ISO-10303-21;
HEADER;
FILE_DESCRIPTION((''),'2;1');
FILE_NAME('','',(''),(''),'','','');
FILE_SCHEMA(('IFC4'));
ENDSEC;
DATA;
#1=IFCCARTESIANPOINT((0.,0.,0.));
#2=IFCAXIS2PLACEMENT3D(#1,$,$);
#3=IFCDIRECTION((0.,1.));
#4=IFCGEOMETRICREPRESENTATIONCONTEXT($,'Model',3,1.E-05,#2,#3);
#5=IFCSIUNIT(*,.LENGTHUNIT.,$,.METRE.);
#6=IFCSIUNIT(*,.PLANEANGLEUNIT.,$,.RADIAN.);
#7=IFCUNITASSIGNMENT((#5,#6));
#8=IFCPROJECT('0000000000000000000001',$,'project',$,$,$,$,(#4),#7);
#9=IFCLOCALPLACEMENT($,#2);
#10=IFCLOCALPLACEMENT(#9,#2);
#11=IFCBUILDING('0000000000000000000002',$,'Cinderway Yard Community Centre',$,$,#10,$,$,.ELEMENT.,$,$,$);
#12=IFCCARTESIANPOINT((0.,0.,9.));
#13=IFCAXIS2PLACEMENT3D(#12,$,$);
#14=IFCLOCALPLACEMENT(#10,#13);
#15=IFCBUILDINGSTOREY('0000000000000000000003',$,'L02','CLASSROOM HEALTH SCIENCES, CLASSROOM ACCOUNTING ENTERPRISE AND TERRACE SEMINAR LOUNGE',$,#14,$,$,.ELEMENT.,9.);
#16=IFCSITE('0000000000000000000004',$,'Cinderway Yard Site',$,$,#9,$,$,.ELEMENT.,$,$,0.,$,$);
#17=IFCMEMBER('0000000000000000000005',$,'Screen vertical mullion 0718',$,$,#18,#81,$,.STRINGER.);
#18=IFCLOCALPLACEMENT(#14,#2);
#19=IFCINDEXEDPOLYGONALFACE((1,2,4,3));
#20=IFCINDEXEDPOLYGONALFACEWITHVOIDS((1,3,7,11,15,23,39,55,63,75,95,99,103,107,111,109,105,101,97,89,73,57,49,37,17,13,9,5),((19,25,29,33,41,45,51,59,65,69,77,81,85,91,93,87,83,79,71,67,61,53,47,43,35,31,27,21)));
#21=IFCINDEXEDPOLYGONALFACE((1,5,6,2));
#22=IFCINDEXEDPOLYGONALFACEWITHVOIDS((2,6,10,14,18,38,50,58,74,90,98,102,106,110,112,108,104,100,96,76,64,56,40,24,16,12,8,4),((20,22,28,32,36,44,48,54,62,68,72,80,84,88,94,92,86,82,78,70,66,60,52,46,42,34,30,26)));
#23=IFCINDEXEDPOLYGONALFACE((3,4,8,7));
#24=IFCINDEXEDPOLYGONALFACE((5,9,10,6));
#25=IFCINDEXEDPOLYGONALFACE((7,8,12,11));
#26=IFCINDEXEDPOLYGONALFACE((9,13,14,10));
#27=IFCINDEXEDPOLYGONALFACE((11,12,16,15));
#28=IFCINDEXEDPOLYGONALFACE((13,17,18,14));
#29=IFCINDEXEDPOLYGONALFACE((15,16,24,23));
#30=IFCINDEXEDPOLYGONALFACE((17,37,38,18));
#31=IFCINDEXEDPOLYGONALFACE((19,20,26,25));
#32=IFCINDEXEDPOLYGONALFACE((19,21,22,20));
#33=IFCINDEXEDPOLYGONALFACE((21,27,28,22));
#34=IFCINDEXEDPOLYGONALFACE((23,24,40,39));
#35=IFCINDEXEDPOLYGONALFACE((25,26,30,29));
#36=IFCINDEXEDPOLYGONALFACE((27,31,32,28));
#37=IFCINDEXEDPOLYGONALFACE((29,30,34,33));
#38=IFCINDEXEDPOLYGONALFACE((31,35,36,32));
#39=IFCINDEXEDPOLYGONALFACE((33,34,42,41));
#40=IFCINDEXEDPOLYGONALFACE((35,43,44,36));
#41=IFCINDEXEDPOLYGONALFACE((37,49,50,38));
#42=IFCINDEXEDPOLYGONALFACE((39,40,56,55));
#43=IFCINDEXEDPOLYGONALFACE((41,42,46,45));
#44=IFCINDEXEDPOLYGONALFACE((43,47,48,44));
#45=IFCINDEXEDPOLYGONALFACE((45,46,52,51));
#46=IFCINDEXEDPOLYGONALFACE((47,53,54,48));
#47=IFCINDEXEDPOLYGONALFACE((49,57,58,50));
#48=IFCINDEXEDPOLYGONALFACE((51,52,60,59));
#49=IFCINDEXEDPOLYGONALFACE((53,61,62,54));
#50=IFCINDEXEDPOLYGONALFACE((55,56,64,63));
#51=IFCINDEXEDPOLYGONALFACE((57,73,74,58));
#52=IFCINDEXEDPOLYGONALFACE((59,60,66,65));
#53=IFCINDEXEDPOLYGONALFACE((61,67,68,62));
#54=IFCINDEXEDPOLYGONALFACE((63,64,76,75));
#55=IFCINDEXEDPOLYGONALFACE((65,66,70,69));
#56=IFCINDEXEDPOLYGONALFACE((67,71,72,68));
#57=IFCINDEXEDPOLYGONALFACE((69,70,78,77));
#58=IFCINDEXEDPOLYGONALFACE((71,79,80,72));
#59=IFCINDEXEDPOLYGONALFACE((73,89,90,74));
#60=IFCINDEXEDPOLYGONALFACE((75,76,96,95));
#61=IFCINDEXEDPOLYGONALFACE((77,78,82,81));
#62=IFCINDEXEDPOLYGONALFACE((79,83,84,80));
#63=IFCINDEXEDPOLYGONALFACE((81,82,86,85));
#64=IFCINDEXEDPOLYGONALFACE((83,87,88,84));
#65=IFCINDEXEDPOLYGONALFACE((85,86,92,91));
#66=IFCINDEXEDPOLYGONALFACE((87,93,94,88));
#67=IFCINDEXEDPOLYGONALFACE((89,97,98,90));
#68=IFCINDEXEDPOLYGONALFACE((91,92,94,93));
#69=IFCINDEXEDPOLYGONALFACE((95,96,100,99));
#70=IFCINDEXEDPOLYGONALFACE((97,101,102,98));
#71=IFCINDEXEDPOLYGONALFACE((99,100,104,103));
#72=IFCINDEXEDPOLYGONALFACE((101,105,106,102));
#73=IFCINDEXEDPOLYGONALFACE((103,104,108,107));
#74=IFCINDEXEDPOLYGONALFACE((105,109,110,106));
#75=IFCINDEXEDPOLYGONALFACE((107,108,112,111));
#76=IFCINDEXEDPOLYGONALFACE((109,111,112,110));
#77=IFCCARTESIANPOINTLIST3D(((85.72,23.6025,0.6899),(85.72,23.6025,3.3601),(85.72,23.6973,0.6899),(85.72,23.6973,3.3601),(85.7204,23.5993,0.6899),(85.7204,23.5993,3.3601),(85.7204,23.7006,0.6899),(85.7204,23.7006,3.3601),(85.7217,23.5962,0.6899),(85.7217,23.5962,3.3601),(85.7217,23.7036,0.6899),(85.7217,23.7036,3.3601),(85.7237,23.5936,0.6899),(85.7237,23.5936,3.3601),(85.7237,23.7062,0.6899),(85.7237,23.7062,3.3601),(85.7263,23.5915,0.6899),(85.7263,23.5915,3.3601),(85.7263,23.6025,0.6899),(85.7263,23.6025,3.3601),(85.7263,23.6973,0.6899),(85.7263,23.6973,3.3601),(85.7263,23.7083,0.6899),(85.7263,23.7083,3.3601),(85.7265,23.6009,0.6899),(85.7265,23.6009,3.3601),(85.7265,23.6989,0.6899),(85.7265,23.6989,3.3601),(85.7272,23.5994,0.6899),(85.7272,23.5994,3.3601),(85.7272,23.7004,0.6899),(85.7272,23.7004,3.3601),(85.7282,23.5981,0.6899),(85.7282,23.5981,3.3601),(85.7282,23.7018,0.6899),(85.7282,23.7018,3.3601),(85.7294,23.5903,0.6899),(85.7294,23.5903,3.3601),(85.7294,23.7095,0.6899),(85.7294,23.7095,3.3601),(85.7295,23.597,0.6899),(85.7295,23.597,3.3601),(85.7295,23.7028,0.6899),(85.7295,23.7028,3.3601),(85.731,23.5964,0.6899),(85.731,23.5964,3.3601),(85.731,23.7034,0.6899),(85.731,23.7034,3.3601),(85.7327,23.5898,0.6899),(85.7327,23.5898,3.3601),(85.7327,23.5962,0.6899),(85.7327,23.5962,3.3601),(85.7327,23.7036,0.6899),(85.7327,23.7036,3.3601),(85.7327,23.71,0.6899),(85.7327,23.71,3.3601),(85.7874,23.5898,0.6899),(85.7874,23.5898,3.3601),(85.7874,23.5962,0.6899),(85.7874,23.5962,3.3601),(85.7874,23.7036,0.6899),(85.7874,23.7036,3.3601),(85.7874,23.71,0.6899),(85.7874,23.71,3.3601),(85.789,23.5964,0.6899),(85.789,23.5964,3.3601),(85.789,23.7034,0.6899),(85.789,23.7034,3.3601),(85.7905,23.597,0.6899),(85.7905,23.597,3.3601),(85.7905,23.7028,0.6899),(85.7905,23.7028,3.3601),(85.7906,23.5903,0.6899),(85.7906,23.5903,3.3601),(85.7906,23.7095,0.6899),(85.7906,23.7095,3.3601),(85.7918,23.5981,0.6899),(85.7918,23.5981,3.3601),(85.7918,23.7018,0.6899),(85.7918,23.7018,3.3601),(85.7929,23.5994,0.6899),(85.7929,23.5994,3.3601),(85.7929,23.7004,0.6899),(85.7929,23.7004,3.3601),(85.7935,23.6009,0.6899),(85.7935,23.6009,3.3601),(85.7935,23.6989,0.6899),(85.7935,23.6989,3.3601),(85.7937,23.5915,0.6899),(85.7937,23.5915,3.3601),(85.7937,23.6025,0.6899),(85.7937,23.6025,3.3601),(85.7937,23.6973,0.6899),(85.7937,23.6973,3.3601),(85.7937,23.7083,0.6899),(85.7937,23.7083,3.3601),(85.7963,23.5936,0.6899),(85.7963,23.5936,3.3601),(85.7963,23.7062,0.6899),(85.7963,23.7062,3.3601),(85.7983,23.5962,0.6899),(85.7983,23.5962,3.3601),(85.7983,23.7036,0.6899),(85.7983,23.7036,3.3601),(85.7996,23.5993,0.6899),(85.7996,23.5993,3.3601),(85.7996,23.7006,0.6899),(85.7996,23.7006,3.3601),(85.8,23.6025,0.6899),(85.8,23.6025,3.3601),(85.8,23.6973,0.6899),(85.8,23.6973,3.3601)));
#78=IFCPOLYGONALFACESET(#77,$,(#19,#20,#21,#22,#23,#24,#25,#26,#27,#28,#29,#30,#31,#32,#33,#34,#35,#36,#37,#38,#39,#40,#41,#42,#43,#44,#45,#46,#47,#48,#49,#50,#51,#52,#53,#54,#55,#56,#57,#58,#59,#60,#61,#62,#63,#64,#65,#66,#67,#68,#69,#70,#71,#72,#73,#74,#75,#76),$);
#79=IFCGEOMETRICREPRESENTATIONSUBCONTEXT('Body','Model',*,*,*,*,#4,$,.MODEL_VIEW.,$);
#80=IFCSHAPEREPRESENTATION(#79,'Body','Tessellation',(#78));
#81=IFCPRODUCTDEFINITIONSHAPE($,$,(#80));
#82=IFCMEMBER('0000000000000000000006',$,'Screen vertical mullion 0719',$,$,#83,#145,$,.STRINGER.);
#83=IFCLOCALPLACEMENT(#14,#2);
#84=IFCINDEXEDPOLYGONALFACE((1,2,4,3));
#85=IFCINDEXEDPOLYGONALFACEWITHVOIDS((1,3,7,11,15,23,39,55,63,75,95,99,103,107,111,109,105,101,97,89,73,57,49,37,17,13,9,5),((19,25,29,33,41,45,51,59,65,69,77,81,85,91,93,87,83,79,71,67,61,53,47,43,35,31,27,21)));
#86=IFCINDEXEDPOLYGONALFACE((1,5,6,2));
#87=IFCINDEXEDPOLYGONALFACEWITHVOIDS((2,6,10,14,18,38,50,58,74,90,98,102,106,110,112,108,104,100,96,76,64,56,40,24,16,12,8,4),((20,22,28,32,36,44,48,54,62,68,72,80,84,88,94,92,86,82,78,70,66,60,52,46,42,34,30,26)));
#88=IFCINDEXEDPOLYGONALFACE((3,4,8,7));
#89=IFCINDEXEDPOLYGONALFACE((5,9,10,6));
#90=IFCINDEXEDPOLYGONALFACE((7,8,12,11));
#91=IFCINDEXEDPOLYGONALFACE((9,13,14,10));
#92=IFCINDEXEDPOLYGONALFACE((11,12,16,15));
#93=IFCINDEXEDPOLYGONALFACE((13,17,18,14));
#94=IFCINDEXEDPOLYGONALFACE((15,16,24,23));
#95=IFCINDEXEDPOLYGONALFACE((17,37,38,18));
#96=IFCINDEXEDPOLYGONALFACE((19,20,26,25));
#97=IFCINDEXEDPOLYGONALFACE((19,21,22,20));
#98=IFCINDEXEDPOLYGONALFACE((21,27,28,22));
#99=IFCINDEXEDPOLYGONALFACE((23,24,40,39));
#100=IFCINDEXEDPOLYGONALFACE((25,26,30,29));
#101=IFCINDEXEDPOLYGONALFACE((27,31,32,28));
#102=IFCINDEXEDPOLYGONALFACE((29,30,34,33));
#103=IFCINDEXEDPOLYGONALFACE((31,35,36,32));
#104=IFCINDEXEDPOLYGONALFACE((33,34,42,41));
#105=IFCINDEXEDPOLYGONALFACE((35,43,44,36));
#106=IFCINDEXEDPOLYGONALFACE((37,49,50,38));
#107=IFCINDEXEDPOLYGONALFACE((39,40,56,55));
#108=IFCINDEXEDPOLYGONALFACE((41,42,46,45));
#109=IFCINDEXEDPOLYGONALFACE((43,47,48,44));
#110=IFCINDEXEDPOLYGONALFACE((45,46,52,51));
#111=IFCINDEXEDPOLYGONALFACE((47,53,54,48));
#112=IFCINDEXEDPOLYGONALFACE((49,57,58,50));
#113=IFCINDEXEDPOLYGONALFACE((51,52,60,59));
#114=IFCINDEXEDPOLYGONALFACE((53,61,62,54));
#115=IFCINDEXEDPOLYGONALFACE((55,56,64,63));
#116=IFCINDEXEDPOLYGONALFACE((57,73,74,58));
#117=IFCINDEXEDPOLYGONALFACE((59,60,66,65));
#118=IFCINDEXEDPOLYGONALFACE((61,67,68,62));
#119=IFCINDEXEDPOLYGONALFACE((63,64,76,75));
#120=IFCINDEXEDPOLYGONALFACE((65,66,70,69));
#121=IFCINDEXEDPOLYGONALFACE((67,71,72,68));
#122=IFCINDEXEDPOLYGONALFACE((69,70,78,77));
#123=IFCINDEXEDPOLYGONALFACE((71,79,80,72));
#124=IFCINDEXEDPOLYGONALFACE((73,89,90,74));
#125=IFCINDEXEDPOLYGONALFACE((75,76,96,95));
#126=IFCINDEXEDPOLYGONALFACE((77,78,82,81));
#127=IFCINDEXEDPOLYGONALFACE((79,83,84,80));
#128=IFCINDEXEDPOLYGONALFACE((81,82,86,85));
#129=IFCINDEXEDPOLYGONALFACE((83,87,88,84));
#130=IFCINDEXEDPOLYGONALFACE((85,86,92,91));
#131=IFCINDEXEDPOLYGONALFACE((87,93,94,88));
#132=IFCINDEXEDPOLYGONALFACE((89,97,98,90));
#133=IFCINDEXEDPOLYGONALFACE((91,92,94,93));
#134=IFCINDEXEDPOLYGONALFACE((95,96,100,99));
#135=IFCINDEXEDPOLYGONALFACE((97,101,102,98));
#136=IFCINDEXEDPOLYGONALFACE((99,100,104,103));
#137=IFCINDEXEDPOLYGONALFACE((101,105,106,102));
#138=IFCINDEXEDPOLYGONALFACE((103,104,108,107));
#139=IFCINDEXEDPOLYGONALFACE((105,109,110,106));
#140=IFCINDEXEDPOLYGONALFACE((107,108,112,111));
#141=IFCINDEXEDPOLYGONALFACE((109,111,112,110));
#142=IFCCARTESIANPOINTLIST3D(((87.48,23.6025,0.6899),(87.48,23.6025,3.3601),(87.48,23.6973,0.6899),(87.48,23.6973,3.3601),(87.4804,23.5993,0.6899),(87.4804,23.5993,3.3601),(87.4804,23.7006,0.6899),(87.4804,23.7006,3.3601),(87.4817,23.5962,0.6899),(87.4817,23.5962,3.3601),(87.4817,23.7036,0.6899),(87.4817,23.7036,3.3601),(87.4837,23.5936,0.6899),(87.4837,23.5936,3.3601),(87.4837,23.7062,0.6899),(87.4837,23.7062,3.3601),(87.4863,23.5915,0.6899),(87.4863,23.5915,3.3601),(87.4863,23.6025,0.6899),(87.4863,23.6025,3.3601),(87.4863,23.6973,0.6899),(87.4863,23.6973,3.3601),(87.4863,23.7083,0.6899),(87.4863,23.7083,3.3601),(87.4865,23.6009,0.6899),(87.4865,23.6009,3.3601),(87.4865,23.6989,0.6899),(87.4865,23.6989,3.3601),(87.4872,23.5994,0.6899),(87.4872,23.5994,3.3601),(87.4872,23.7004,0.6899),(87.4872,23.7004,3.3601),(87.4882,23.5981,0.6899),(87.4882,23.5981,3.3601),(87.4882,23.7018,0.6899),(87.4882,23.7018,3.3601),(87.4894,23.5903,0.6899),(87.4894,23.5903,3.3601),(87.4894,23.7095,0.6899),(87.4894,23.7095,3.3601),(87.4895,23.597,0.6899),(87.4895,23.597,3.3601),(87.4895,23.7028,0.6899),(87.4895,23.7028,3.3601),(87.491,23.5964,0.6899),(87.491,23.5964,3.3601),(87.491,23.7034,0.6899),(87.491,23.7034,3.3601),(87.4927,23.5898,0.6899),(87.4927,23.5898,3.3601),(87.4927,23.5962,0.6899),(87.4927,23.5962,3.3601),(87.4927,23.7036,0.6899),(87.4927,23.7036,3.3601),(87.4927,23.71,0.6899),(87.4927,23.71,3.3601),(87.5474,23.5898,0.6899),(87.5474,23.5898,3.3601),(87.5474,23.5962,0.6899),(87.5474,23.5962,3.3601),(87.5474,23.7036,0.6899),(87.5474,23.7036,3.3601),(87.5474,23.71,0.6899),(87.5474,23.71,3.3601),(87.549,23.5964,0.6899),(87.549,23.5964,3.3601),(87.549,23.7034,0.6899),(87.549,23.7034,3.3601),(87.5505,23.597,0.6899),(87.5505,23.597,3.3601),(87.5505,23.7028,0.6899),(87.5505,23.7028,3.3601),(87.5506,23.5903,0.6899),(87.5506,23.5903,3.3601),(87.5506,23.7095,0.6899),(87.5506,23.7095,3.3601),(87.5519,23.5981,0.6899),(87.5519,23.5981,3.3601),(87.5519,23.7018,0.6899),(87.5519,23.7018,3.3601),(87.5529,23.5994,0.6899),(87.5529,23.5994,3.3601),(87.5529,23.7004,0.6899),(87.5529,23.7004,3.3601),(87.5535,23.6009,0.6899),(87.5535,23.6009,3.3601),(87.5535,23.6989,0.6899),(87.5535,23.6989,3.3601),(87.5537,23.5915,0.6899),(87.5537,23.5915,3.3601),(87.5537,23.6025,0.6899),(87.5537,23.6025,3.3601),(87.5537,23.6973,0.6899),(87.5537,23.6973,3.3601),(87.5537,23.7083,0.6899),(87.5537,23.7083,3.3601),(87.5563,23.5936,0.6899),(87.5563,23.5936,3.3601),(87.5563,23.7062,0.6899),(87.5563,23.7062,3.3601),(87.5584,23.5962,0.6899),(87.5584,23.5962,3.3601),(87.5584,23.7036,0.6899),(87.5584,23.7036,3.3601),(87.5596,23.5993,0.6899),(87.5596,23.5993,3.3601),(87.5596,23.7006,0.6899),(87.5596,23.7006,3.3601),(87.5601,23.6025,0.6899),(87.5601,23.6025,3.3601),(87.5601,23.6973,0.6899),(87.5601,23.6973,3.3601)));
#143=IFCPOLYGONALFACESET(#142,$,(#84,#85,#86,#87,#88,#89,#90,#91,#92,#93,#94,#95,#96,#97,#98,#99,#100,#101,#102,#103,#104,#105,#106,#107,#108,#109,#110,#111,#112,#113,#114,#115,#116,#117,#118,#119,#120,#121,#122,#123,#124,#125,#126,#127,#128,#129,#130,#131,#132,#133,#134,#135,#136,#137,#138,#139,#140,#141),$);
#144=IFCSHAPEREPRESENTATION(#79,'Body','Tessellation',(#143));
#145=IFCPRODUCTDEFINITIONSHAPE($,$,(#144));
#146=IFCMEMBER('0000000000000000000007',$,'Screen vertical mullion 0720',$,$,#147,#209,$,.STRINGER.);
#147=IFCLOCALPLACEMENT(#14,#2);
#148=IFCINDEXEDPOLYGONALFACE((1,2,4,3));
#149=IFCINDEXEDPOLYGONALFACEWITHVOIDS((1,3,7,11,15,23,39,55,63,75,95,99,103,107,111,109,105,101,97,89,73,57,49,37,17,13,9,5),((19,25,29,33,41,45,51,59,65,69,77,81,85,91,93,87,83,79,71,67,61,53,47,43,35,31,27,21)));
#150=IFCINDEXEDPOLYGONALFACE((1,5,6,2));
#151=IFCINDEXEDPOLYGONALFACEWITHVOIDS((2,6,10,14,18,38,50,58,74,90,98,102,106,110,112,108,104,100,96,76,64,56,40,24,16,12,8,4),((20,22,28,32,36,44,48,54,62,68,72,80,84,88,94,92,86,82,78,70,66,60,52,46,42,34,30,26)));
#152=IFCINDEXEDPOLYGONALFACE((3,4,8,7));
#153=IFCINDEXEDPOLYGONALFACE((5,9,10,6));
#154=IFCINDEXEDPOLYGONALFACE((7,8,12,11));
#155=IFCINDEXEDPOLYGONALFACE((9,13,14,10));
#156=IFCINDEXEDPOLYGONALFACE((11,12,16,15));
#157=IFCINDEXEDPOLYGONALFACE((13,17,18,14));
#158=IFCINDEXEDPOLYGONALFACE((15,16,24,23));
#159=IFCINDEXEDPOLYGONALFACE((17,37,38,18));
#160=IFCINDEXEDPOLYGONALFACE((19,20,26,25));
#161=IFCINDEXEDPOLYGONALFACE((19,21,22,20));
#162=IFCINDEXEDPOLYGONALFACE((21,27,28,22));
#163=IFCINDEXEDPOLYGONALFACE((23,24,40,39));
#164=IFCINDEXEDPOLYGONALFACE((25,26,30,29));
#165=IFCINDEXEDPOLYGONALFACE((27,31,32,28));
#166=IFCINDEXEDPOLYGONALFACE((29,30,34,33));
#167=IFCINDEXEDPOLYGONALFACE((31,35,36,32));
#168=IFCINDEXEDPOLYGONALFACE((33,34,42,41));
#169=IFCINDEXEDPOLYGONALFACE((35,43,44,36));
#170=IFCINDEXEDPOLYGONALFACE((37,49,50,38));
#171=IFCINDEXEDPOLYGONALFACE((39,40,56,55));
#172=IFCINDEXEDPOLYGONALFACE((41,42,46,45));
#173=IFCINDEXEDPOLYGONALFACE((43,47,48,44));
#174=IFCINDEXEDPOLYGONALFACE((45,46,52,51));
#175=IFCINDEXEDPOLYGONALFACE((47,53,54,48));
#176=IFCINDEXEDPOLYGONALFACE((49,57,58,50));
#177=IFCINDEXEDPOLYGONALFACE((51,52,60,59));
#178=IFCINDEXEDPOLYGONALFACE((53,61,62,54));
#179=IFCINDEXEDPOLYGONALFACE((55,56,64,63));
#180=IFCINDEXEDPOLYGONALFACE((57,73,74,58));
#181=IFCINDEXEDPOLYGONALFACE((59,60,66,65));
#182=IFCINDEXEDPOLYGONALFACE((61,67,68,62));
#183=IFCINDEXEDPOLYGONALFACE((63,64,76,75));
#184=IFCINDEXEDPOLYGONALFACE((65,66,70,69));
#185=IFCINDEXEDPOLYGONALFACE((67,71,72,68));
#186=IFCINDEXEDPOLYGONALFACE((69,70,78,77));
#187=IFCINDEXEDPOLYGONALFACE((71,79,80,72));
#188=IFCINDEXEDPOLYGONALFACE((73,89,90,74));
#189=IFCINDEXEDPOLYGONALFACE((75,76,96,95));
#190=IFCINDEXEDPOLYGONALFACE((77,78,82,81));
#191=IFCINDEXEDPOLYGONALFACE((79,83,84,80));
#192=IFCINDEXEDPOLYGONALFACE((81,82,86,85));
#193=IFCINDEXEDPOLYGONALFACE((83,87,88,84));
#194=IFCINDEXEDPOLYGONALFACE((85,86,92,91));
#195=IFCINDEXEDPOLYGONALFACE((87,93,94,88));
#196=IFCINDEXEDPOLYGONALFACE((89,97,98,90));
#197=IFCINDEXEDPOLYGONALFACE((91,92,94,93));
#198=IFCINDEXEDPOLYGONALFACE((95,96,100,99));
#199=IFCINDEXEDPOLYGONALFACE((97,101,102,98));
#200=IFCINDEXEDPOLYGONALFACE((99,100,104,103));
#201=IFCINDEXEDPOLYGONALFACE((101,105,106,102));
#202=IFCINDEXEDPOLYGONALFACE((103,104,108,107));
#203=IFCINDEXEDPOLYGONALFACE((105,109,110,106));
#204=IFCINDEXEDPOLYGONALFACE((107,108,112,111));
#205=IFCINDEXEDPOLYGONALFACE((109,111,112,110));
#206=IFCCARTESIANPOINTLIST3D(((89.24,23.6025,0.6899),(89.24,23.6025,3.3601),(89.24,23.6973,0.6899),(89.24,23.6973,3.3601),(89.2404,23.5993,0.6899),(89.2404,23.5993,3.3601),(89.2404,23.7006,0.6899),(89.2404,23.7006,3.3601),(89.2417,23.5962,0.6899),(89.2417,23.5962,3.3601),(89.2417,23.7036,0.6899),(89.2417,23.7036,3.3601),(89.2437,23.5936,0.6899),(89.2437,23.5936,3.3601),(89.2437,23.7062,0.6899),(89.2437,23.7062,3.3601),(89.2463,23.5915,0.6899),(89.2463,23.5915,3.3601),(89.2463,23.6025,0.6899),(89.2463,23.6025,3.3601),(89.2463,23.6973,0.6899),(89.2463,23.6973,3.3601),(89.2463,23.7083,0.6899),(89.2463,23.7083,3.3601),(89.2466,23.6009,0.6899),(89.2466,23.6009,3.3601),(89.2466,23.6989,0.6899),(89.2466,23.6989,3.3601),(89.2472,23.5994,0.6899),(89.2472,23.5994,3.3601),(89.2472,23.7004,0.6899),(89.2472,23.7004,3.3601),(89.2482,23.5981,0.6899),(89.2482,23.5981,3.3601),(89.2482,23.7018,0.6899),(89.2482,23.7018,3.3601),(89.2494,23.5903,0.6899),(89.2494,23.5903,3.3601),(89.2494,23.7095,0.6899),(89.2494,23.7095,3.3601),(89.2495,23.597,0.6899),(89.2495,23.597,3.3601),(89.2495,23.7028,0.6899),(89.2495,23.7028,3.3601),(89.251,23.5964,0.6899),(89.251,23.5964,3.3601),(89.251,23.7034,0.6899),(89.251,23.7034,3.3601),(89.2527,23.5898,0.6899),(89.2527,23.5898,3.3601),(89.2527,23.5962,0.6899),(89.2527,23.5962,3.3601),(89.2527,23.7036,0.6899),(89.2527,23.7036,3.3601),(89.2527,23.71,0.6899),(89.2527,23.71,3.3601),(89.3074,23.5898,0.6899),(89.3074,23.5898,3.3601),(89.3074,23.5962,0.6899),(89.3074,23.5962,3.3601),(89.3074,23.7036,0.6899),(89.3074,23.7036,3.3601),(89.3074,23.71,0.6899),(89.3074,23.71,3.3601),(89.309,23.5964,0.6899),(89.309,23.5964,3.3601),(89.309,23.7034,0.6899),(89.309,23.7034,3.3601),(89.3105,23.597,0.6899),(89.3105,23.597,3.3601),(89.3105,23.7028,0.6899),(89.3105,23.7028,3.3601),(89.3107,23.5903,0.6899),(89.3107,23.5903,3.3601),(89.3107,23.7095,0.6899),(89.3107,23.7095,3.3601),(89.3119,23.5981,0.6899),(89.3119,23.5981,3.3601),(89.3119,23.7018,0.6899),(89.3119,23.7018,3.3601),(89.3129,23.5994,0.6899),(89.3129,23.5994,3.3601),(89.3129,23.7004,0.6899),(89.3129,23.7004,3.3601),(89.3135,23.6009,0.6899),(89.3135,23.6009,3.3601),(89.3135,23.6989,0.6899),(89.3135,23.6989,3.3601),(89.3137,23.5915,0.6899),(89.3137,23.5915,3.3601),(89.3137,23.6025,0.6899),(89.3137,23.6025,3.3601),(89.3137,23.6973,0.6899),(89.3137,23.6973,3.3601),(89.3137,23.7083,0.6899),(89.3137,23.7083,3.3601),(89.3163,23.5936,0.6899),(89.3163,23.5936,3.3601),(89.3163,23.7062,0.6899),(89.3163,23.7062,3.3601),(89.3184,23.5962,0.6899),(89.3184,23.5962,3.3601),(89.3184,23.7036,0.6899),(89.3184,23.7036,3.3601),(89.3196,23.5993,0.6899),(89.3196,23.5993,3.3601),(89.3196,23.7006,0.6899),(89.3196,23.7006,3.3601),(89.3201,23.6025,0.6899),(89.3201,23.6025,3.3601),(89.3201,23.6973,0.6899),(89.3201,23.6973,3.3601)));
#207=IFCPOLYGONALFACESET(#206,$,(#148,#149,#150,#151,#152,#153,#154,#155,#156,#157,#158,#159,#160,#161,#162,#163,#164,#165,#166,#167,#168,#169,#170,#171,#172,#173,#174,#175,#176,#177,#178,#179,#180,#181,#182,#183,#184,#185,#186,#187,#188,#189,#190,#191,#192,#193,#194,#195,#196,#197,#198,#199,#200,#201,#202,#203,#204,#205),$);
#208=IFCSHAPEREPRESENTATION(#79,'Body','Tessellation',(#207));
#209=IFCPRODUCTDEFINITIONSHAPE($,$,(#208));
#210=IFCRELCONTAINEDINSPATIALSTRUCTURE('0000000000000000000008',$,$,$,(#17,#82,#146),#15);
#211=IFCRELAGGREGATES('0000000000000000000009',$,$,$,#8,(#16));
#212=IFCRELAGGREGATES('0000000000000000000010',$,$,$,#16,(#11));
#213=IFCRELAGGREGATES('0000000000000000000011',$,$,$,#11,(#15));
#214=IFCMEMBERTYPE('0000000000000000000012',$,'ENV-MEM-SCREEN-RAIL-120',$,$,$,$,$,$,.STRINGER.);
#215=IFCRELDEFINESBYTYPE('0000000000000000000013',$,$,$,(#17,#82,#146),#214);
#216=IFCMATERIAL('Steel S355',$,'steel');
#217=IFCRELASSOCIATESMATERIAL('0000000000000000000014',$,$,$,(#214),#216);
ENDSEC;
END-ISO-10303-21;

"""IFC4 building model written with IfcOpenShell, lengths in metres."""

from ifc_helpers import new_model, si_unit, direction, frame, origin, origin_2d, place, context, subcontext, project, spatial, hollow_rectangle, extrude, material, material_profile, profile_set, type_object, element, save


model = new_model("IFC4")

# Units and contexts
model_context = context("Model", 3, precision=1e-05, world=origin(), true_north=direction((0.0, 1.0)))
body_context = subcontext(model_context, "Body", "Model", "MODEL_VIEW")
ifc_project = project(units=[si_unit("LENGTHUNIT", "METRE"), si_unit("PLANEANGLEUNIT", "RADIAN")], contexts=[model_context])

# Site, building, storey
site_placement = place(None, origin())
site = spatial("IfcSite", under=ifc_project, at=site_placement, Name="Cinderway Yard Site", CompositionType="ELEMENT", RefElevation=0.0)
building_placement = place(site_placement, origin())
building = spatial("IfcBuilding", under=site, at=building_placement, Name="Cinderway Yard Community Centre", CompositionType="ELEMENT")
storey_placement = place(building_placement, frame((0.0, 0.0, 9.0)))
storey = spatial("IfcBuildingStorey", under=building, at=storey_placement, Name="L02", Description="CLASSROOM HEALTH SCIENCES, CLASSROOM ACCOUNTING ENTERPRISE AND TERRACE SEMINAR LOUNGE", CompositionType="ELEMENT", Elevation=9.0)

# Members
ifc_material_1 = material(Name="Steel S355", Category="steel")
ifc_material_profile = material_profile(ifc_material_1, hollow_rectangle(XDim=0.0801, YDim=0.1201, WallThickness=0.0063, InnerFilletRadius=0.0063, OuterFilletRadius=0.0127, at=origin_2d()), Name="Steel S355")
ifc_profile_set = profile_set([ifc_material_profile], Name="Steel S355")
member_type = type_object("IfcMemberType", Name="ENV-MEM-SCREEN-RAIL-120", PredefinedType="STRINGER", material=ifc_profile_set)
for number, where, z_axis, x_axis, name in (
    (1, (85.76, 23.6499, 0.6899), (0.0, 0.0, 1.0), (1.0, 0.0, 0.0), "Screen vertical mullion 0718"),
    (2, (87.52, 23.6499, 0.6899), (0.0, 0.0, 1.0), (1.0, 0.0, 0.0), "Screen vertical mullion 0719"),
    (3, (89.28, 23.6499, 0.6899), (0.0, 0.0, 1.0), (1.0, 0.0, 0.0), "Screen vertical mullion 0720"),
):
    element("IfcMember", number, at=place(storey_placement, frame(where, z_axis=z_axis, x_axis=x_axis)), inside=storey, type_object=member_type, Name=name, PredefinedType="STRINGER", context=body_context, shape_type="SweptSolid", body=[
        extrude(hollow_rectangle(XDim=0.0801, YDim=0.1201, WallThickness=0.0063, InnerFilletRadius=0.0063, OuterFilletRadius=0.0127, at=origin_2d()), origin(), (0.0, 0.0, 1.0), 2.6702),
    ])

save(model, "model.ifc")
